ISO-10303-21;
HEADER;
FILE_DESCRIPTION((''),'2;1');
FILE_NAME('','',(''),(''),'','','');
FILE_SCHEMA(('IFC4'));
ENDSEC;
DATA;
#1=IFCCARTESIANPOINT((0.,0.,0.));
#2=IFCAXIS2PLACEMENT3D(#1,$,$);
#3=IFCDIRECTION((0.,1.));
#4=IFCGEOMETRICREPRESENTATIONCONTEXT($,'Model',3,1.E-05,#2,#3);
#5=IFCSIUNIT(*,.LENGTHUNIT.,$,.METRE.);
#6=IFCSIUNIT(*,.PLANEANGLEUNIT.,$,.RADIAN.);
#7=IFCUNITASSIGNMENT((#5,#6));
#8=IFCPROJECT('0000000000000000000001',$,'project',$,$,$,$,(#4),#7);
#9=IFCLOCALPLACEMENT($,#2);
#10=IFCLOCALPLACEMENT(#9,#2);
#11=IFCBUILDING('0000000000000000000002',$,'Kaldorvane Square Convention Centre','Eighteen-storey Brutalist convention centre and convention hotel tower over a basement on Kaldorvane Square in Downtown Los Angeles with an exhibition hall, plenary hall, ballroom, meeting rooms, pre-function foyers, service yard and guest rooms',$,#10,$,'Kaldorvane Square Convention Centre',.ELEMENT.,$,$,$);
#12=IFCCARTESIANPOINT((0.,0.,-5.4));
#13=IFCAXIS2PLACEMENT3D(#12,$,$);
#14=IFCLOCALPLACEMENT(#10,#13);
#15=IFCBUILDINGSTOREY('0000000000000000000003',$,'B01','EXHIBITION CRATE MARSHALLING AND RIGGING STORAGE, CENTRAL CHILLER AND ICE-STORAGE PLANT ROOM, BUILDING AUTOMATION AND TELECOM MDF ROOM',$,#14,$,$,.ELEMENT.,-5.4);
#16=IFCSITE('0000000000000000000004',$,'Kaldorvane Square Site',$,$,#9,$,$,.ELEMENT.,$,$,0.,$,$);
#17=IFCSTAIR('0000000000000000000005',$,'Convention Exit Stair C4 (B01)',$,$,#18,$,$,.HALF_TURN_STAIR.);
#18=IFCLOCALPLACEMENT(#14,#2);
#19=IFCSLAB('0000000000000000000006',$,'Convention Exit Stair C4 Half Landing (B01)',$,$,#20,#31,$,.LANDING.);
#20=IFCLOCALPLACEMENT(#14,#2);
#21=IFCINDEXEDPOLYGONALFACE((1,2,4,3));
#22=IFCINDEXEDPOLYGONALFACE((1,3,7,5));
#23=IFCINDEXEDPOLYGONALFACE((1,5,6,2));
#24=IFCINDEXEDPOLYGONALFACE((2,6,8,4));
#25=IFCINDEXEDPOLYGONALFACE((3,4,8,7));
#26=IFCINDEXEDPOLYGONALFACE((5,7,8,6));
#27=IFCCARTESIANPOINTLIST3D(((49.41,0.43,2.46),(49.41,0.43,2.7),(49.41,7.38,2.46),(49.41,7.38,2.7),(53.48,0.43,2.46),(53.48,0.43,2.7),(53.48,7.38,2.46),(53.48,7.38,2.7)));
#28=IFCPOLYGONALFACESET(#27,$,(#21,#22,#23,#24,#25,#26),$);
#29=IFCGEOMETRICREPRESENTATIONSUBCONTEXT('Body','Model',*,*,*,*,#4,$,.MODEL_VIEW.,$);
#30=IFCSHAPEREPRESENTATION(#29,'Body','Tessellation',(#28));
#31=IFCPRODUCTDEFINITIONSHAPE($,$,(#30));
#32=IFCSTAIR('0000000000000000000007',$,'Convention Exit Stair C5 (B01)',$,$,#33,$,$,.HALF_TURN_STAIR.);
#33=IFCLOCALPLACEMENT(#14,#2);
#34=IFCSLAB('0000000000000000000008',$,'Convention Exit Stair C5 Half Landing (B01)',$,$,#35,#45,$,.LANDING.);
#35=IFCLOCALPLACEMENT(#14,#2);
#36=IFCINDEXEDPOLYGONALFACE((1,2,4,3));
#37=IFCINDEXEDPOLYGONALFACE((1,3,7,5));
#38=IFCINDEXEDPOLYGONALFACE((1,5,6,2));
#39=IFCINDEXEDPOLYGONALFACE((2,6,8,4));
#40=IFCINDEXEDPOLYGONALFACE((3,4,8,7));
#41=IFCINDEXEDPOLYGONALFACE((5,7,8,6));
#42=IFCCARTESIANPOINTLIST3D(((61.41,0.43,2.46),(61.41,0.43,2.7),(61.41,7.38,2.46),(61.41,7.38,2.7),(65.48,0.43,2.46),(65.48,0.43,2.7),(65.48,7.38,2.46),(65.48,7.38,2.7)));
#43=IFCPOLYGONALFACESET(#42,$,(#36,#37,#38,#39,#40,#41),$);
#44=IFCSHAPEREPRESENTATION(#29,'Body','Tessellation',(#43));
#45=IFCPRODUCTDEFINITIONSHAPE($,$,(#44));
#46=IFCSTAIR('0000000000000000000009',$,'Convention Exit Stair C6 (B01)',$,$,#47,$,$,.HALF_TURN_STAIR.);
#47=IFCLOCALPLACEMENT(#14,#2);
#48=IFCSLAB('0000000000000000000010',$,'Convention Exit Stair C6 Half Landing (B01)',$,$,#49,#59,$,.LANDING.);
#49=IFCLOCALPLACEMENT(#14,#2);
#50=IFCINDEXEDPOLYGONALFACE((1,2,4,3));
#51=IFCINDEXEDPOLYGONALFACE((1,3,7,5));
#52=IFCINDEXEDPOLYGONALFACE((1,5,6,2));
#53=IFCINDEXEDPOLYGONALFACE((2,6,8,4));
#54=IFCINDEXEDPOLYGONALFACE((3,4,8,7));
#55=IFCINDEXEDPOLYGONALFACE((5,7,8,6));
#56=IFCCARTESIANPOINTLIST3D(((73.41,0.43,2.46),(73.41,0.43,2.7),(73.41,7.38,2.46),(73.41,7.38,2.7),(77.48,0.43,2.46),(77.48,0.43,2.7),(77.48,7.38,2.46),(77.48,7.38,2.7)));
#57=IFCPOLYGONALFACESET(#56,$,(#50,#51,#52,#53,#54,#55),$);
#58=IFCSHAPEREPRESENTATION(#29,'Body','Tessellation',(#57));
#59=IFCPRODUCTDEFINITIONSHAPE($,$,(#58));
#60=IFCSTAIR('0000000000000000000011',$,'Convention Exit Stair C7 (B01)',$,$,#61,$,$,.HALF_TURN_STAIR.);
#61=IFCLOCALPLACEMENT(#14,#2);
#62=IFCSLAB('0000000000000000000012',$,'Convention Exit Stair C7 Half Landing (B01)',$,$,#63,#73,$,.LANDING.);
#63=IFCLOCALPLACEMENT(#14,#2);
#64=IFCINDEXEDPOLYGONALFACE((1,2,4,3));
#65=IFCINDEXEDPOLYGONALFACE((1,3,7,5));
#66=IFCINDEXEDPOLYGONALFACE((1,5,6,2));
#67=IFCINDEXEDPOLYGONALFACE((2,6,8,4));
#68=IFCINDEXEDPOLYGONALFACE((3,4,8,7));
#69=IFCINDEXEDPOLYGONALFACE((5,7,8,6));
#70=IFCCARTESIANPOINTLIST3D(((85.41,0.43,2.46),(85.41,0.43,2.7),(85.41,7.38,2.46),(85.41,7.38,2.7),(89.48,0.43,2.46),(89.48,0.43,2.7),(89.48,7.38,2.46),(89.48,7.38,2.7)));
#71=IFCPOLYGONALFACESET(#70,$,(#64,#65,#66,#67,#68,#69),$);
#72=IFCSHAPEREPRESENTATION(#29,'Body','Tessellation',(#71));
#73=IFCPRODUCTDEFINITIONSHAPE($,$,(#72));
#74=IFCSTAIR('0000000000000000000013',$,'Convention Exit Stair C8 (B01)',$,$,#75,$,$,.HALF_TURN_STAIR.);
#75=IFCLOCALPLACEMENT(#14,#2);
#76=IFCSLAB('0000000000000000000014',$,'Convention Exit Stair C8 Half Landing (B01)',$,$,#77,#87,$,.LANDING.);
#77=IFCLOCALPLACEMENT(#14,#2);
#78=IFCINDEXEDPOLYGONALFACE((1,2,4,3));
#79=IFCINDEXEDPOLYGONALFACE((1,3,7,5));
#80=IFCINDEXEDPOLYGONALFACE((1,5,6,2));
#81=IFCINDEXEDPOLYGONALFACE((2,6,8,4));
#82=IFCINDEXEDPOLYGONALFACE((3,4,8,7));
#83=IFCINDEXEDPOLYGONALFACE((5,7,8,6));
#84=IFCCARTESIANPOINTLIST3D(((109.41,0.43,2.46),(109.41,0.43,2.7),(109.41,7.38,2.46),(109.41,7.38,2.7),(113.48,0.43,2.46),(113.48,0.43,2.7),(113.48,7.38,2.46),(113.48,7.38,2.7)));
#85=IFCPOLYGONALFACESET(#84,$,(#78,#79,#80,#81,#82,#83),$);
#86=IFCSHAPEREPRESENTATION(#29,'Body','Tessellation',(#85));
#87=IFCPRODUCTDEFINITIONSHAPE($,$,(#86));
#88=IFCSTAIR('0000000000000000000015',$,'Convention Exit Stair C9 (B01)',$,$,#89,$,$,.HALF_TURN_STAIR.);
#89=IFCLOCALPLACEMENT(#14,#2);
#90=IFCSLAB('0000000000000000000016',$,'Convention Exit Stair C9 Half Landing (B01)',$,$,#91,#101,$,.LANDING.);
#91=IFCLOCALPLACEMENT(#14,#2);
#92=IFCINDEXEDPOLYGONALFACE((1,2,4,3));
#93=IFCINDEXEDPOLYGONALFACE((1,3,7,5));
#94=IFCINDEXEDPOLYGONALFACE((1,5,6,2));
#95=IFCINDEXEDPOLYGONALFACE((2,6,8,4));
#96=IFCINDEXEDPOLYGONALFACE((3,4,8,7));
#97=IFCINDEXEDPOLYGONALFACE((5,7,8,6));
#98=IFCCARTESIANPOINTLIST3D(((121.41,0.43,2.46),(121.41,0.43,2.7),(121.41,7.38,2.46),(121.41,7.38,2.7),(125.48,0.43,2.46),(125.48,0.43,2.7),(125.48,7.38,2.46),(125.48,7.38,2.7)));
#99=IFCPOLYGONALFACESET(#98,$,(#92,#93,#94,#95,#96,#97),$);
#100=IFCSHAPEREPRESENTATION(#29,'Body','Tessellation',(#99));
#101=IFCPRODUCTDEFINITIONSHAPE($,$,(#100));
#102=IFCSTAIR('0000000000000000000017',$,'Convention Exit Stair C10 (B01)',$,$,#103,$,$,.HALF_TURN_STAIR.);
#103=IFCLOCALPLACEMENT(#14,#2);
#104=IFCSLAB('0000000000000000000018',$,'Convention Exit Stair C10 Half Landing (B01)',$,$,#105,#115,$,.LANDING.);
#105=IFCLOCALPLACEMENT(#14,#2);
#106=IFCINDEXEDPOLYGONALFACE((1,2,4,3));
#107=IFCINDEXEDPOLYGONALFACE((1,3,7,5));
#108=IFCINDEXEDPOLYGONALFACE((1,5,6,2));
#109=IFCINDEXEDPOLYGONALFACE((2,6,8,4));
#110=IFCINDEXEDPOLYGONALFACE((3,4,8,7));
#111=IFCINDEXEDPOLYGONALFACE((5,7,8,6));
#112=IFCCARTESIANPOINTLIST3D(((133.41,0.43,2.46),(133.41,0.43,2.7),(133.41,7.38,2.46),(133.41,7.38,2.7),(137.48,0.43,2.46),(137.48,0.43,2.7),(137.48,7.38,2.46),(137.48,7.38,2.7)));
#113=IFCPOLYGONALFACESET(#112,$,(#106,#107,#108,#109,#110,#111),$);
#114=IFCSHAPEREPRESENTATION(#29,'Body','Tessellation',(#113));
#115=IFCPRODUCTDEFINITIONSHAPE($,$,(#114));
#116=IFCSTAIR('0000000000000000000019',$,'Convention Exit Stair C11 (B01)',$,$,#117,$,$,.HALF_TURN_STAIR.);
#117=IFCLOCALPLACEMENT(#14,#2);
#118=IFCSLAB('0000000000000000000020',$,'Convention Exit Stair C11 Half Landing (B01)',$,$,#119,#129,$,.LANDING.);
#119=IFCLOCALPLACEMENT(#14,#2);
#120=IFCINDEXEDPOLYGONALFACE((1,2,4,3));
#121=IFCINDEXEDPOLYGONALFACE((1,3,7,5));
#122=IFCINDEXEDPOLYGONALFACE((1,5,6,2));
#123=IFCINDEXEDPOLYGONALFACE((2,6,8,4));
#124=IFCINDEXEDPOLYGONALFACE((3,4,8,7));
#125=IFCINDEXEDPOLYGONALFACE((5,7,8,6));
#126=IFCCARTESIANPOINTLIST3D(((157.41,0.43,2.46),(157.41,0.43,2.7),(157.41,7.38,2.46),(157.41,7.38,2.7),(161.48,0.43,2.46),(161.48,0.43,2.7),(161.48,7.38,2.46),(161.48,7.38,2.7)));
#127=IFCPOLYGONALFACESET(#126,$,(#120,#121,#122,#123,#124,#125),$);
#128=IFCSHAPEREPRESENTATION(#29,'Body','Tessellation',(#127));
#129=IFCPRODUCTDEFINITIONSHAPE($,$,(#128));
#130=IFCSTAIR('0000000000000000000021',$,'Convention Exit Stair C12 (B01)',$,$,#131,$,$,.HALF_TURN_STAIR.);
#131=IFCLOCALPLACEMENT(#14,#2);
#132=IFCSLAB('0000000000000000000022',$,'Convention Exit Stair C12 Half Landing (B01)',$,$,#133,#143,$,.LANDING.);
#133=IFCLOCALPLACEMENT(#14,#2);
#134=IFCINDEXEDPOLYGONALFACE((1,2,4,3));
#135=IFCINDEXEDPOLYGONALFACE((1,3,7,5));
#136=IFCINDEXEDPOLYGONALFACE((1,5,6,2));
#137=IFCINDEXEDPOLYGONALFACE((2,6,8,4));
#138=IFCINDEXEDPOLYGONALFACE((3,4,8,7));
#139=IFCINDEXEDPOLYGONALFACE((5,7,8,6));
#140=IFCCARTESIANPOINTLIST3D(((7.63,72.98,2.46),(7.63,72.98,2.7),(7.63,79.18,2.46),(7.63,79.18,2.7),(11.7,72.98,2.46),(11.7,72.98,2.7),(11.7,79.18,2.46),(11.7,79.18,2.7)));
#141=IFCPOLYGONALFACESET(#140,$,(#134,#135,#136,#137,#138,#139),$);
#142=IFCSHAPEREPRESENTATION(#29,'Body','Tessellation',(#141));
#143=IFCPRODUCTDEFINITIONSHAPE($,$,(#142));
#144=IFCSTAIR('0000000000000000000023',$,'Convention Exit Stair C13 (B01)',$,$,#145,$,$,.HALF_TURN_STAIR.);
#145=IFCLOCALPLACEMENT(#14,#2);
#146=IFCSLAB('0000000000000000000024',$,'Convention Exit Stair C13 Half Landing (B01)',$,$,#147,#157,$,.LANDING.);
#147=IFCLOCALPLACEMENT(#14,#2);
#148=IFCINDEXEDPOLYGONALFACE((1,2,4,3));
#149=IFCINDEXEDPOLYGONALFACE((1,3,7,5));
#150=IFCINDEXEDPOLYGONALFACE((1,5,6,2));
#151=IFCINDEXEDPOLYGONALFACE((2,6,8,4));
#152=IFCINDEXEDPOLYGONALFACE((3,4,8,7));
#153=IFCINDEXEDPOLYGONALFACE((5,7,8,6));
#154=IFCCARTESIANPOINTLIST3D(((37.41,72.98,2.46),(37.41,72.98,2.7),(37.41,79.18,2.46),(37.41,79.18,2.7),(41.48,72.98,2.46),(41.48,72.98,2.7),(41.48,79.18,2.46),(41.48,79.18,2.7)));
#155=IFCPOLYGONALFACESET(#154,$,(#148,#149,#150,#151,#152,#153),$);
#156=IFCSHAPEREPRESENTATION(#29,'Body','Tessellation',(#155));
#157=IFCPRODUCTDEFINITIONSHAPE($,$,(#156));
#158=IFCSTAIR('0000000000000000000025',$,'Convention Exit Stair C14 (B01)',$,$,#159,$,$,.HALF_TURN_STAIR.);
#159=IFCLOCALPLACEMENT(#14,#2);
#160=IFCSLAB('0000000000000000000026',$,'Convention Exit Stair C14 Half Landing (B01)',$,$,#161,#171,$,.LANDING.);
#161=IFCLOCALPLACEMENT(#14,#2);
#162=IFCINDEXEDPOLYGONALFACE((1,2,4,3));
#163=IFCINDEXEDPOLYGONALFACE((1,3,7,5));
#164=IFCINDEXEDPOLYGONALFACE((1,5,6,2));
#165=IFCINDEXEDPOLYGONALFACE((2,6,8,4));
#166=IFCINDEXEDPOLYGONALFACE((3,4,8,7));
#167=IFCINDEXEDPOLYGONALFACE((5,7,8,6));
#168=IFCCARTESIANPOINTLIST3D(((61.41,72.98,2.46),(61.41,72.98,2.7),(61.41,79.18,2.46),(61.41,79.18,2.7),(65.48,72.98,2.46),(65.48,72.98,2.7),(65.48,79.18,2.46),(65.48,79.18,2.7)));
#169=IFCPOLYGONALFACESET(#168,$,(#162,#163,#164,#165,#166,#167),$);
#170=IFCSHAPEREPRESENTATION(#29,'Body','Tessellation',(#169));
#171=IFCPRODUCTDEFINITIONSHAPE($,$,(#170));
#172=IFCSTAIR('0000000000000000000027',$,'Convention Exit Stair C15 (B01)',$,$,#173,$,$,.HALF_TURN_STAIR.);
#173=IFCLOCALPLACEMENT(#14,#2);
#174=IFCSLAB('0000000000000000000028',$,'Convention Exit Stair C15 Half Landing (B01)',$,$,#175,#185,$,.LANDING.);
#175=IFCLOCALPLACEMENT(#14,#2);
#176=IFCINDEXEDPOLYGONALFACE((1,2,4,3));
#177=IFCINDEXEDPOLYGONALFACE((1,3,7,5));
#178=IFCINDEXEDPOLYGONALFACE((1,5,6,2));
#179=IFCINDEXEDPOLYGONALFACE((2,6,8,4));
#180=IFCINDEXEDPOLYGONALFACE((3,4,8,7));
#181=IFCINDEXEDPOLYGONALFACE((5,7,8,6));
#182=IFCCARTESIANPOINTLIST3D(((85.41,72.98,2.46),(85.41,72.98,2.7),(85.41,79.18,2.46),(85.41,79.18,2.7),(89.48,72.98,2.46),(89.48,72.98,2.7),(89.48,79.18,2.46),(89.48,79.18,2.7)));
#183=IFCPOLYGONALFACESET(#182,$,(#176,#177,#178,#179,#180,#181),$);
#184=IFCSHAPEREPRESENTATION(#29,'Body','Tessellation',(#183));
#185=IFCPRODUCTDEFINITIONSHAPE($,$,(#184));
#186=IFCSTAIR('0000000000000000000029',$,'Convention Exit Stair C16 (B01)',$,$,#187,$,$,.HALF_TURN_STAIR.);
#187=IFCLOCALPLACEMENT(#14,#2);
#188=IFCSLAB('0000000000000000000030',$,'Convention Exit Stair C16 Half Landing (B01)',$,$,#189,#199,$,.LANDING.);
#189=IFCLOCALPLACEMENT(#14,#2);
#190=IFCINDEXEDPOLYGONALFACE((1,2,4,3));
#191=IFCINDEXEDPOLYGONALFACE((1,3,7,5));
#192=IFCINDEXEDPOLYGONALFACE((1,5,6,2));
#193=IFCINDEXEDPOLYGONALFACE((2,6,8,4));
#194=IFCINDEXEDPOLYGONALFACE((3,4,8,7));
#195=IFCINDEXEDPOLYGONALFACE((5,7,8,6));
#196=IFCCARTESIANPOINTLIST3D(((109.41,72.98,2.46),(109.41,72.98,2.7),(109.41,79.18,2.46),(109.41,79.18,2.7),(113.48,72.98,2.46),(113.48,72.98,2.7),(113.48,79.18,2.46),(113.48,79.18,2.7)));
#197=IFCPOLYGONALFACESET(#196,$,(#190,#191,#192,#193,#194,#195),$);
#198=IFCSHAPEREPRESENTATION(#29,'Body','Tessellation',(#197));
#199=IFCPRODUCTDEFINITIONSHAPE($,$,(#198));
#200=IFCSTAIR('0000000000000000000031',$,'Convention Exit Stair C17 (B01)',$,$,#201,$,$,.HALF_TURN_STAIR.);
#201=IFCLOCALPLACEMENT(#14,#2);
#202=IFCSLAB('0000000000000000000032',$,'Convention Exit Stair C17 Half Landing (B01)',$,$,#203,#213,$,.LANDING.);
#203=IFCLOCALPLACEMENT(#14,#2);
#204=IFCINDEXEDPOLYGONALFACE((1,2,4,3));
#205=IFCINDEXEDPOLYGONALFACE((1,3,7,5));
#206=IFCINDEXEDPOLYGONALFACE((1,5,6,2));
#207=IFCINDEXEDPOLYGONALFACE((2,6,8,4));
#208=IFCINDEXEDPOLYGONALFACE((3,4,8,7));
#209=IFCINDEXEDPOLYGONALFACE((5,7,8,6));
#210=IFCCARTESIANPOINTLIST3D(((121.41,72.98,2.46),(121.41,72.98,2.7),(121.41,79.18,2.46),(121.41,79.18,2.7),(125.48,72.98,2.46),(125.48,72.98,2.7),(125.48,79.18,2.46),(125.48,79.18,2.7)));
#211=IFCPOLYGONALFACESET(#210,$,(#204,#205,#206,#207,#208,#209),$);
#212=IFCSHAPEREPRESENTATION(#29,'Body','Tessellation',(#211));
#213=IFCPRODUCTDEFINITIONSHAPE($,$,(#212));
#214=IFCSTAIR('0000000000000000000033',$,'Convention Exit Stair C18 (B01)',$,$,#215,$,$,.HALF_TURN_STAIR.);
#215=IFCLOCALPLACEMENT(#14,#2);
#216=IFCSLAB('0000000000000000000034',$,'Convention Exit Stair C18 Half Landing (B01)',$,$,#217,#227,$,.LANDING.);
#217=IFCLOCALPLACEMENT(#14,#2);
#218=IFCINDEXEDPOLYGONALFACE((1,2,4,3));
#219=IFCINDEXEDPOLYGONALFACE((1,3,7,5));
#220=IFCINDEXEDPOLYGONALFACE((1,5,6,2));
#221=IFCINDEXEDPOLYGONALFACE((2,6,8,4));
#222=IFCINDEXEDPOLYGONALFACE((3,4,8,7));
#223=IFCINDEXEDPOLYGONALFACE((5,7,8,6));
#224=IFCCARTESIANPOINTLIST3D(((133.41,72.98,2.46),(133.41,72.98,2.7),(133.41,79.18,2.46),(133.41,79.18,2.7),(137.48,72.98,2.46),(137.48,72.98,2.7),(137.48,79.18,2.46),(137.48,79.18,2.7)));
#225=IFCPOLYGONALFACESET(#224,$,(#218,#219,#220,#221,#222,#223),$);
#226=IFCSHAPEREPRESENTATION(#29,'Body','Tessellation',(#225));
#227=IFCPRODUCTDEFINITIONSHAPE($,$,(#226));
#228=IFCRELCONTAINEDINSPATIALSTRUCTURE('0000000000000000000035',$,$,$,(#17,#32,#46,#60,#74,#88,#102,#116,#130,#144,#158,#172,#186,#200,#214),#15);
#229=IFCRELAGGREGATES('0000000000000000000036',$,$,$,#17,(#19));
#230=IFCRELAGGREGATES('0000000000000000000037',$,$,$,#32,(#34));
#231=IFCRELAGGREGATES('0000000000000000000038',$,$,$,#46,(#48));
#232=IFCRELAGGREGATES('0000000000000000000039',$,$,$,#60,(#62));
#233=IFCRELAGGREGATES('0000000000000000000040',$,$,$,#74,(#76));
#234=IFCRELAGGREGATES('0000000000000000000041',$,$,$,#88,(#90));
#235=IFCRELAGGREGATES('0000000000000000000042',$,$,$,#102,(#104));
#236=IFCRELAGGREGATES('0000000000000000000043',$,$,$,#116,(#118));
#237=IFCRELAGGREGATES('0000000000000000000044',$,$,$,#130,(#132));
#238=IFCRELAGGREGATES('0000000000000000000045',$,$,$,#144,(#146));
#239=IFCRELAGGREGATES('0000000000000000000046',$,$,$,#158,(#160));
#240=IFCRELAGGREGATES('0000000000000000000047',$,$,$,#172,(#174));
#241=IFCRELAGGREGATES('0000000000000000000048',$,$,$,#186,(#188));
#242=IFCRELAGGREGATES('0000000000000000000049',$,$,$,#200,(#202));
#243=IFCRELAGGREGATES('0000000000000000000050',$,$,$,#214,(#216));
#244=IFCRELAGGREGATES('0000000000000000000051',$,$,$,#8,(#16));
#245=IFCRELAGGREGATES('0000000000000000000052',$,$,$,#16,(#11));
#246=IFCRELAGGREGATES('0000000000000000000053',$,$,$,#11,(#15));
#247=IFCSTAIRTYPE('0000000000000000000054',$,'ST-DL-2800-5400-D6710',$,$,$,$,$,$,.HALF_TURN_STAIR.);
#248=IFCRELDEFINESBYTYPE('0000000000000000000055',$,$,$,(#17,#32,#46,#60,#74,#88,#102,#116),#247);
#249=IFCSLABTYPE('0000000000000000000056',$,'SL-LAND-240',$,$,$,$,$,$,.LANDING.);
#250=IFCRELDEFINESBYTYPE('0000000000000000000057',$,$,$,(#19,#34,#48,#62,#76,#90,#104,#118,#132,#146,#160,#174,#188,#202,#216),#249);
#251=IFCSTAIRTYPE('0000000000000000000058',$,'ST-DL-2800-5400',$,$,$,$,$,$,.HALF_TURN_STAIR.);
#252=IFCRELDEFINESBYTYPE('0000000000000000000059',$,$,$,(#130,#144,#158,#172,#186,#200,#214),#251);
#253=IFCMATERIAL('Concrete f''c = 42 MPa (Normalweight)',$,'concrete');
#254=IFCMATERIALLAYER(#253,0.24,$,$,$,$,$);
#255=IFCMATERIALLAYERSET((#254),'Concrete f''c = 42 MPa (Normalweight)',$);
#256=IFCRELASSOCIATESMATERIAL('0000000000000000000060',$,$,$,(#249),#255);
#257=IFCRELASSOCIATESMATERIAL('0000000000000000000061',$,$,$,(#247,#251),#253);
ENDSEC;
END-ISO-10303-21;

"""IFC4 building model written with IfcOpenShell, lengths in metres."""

from ifc_helpers import new_model, si_unit, direction, frame, origin, place, context, subcontext, project, spatial, polyline, outline, extrude, material, layer, layer_set, type_object, element, aggregate, save


model = new_model("IFC4")

# Units and contexts
model_context = context("Model", 3, precision=1e-05, world=origin(), true_north=direction((0.0, 1.0)))
body_context = subcontext(model_context, "Body", "Model", "MODEL_VIEW")
ifc_project = project(units=[si_unit("LENGTHUNIT", "METRE"), si_unit("PLANEANGLEUNIT", "RADIAN")], contexts=[model_context])

# Site, building, storey
site_placement = place(None, origin())
site = spatial("IfcSite", under=ifc_project, at=site_placement, Name="Kaldorvane Square Site", CompositionType="ELEMENT", RefElevation=0.0)
building_placement = place(site_placement, origin())
building = spatial("IfcBuilding", under=site, at=building_placement, Name="Kaldorvane Square Convention Centre", Description="Eighteen-storey Brutalist convention centre and convention hotel tower over a basement on Kaldorvane Square in Downtown Los Angeles with an exhibition hall, plenary hall, ballroom, meeting rooms, pre-function foyers, service yard and guest rooms", LongName="Kaldorvane Square Convention Centre", CompositionType="ELEMENT")
storey_placement = place(building_placement, frame((0.0, 0.0, -5.4)))
storey = spatial("IfcBuildingStorey", under=building, at=storey_placement, Name="B01", Description="EXHIBITION CRATE MARSHALLING AND RIGGING STORAGE, CENTRAL CHILLER AND ICE-STORAGE PLANT ROOM, BUILDING AUTOMATION AND TELECOM MDF ROOM", CompositionType="ELEMENT", Elevation=-5.4)

# Shared definitions
ifc_material_1 = material(Name="Concrete f'c = 42 MPa (Normalweight)", Category="concrete")

# Stairs, slabs
ifc_layer_1 = layer(ifc_material_1, 0.24)
ifc_layer_set_1 = layer_set([ifc_layer_1], Name="Concrete f'c = 42 MPa (Normalweight)")
slab_type_1 = type_object("IfcSlabType", Name="SL-LAND-240", PredefinedType="LANDING", material=ifc_layer_set_1)
stair_type_1 = type_object("IfcStairType", Name="ST-DL-2800-5400-D6710", PredefinedType="HALF_TURN_STAIR", material=ifc_material_1)
stair_1_placement = place(storey_placement, origin())
stair_1 = element("IfcStair", 1, at=stair_1_placement, inside=storey, type_object=stair_type_1, Name="Convention Exit Stair C4 (B01)", PredefinedType="HALF_TURN_STAIR")
slab_1_placement = place(storey_placement, frame((0.0, 0.0, 2.46)))
slab_1 = element("IfcSlab", 2, at=slab_1_placement, type_object=slab_type_1, Name="Convention Exit Stair C4 Half Landing (B01)", PredefinedType="LANDING", context=body_context, shape_type="SweptSolid", body=[
    extrude(outline(polyline([(49.41, 0.43), (53.48, 0.43), (53.48, 7.38), (49.41, 7.38), (49.41, 0.43)])), origin(), (0.0, 0.0, 1.0), 0.24),
])
aggregate(stair_1, [slab_1])
stair_2_placement = place(storey_placement, origin())
stair_2 = element("IfcStair", 3, at=stair_2_placement, inside=storey, type_object=stair_type_1, Name="Convention Exit Stair C5 (B01)", PredefinedType="HALF_TURN_STAIR")
slab_2_placement = place(storey_placement, frame((0.0, 0.0, 2.46)))
slab_2 = element("IfcSlab", 4, at=slab_2_placement, type_object=slab_type_1, Name="Convention Exit Stair C5 Half Landing (B01)", PredefinedType="LANDING", context=body_context, shape_type="SweptSolid", body=[
    extrude(outline(polyline([(61.41, 0.43), (65.48, 0.43), (65.48, 7.38), (61.41, 7.38), (61.41, 0.43)])), origin(), (0.0, 0.0, 1.0), 0.24),
])
aggregate(stair_2, [slab_2])
stair_3_placement = place(storey_placement, origin())
stair_3 = element("IfcStair", 5, at=stair_3_placement, inside=storey, type_object=stair_type_1, Name="Convention Exit Stair C6 (B01)", PredefinedType="HALF_TURN_STAIR")
slab_3_placement = place(storey_placement, frame((0.0, 0.0, 2.46)))
slab_3 = element("IfcSlab", 6, at=slab_3_placement, type_object=slab_type_1, Name="Convention Exit Stair C6 Half Landing (B01)", PredefinedType="LANDING", context=body_context, shape_type="SweptSolid", body=[
    extrude(outline(polyline([(73.41, 0.43), (77.48, 0.43), (77.48, 7.38), (73.41, 7.38), (73.41, 0.43)])), origin(), (0.0, 0.0, 1.0), 0.24),
])
aggregate(stair_3, [slab_3])
stair_4_placement = place(storey_placement, origin())
stair_4 = element("IfcStair", 7, at=stair_4_placement, inside=storey, type_object=stair_type_1, Name="Convention Exit Stair C7 (B01)", PredefinedType="HALF_TURN_STAIR")
slab_4_placement = place(storey_placement, frame((0.0, 0.0, 2.46)))
slab_4 = element("IfcSlab", 8, at=slab_4_placement, type_object=slab_type_1, Name="Convention Exit Stair C7 Half Landing (B01)", PredefinedType="LANDING", context=body_context, shape_type="SweptSolid", body=[
    extrude(outline(polyline([(85.41, 0.43), (89.48, 0.43), (89.48, 7.38), (85.41, 7.38), (85.41, 0.43)])), origin(), (0.0, 0.0, 1.0), 0.24),
])
aggregate(stair_4, [slab_4])
stair_5_placement = place(storey_placement, origin())
stair_5 = element("IfcStair", 9, at=stair_5_placement, inside=storey, type_object=stair_type_1, Name="Convention Exit Stair C8 (B01)", PredefinedType="HALF_TURN_STAIR")
slab_5_placement = place(storey_placement, frame((0.0, 0.0, 2.46)))
slab_5 = element("IfcSlab", 10, at=slab_5_placement, type_object=slab_type_1, Name="Convention Exit Stair C8 Half Landing (B01)", PredefinedType="LANDING", context=body_context, shape_type="SweptSolid", body=[
    extrude(outline(polyline([(109.41, 0.43), (113.48, 0.43), (113.48, 7.38), (109.41, 7.38), (109.41, 0.43)])), origin(), (0.0, 0.0, 1.0), 0.24),
])
aggregate(stair_5, [slab_5])
stair_6_placement = place(storey_placement, origin())
stair_6 = element("IfcStair", 11, at=stair_6_placement, inside=storey, type_object=stair_type_1, Name="Convention Exit Stair C9 (B01)", PredefinedType="HALF_TURN_STAIR")
slab_6_placement = place(storey_placement, frame((0.0, 0.0, 2.46)))
slab_6 = element("IfcSlab", 12, at=slab_6_placement, type_object=slab_type_1, Name="Convention Exit Stair C9 Half Landing (B01)", PredefinedType="LANDING", context=body_context, shape_type="SweptSolid", body=[
    extrude(outline(polyline([(121.41, 0.43), (125.48, 0.43), (125.48, 7.38), (121.41, 7.38), (121.41, 0.43)])), origin(), (0.0, 0.0, 1.0), 0.24),
])
aggregate(stair_6, [slab_6])
stair_7_placement = place(storey_placement, origin())
stair_7 = element("IfcStair", 13, at=stair_7_placement, inside=storey, type_object=stair_type_1, Name="Convention Exit Stair C10 (B01)", PredefinedType="HALF_TURN_STAIR")
slab_7_placement = place(storey_placement, frame((0.0, 0.0, 2.46)))
slab_7 = element("IfcSlab", 14, at=slab_7_placement, type_object=slab_type_1, Name="Convention Exit Stair C10 Half Landing (B01)", PredefinedType="LANDING", context=body_context, shape_type="SweptSolid", body=[
    extrude(outline(polyline([(133.41, 0.43), (137.48, 0.43), (137.48, 7.38), (133.41, 7.38), (133.41, 0.43)])), origin(), (0.0, 0.0, 1.0), 0.24),
])
aggregate(stair_7, [slab_7])
stair_8_placement = place(storey_placement, origin())
stair_8 = element("IfcStair", 15, at=stair_8_placement, inside=storey, type_object=stair_type_1, Name="Convention Exit Stair C11 (B01)", PredefinedType="HALF_TURN_STAIR")
slab_8_placement = place(storey_placement, frame((0.0, 0.0, 2.46)))
slab_8 = element("IfcSlab", 16, at=slab_8_placement, type_object=slab_type_1, Name="Convention Exit Stair C11 Half Landing (B01)", PredefinedType="LANDING", context=body_context, shape_type="SweptSolid", body=[
    extrude(outline(polyline([(157.41, 0.43), (161.48, 0.43), (161.48, 7.38), (157.41, 7.38), (157.41, 0.43)])), origin(), (0.0, 0.0, 1.0), 0.24),
])
aggregate(stair_8, [slab_8])
stair_type_2 = type_object("IfcStairType", Name="ST-DL-2800-5400", PredefinedType="HALF_TURN_STAIR", material=ifc_material_1)
stair_9_placement = place(storey_placement, origin())
stair_9 = element("IfcStair", 17, at=stair_9_placement, inside=storey, type_object=stair_type_2, Name="Convention Exit Stair C12 (B01)", PredefinedType="HALF_TURN_STAIR")
slab_9_placement = place(storey_placement, frame((0.0, 0.0, 2.46)))
slab_9 = element("IfcSlab", 18, at=slab_9_placement, type_object=slab_type_1, Name="Convention Exit Stair C12 Half Landing (B01)", PredefinedType="LANDING", context=body_context, shape_type="SweptSolid", body=[
    extrude(outline(polyline([(7.63, 72.98), (11.7, 72.98), (11.7, 79.18), (7.63, 79.18), (7.63, 72.98)])), origin(), (0.0, 0.0, 1.0), 0.24),
])
aggregate(stair_9, [slab_9])
stair_10_placement = place(storey_placement, origin())
stair_10 = element("IfcStair", 19, at=stair_10_placement, inside=storey, type_object=stair_type_2, Name="Convention Exit Stair C13 (B01)", PredefinedType="HALF_TURN_STAIR")
slab_10_placement = place(storey_placement, frame((0.0, 0.0, 2.46)))
slab_10 = element("IfcSlab", 20, at=slab_10_placement, type_object=slab_type_1, Name="Convention Exit Stair C13 Half Landing (B01)", PredefinedType="LANDING", context=body_context, shape_type="SweptSolid", body=[
    extrude(outline(polyline([(37.41, 72.98), (41.48, 72.98), (41.48, 79.18), (37.41, 79.18), (37.41, 72.98)])), origin(), (0.0, 0.0, 1.0), 0.24),
])
aggregate(stair_10, [slab_10])
stair_11_placement = place(storey_placement, origin())
stair_11 = element("IfcStair", 21, at=stair_11_placement, inside=storey, type_object=stair_type_2, Name="Convention Exit Stair C14 (B01)", PredefinedType="HALF_TURN_STAIR")
slab_11_placement = place(storey_placement, frame((0.0, 0.0, 2.46)))
slab_11 = element("IfcSlab", 22, at=slab_11_placement, type_object=slab_type_1, Name="Convention Exit Stair C14 Half Landing (B01)", PredefinedType="LANDING", context=body_context, shape_type="SweptSolid", body=[
    extrude(outline(polyline([(61.41, 72.98), (65.48, 72.98), (65.48, 79.18), (61.41, 79.18), (61.41, 72.98)])), origin(), (0.0, 0.0, 1.0), 0.24),
])
aggregate(stair_11, [slab_11])
stair_12_placement = place(storey_placement, origin())
stair_12 = element("IfcStair", 23, at=stair_12_placement, inside=storey, type_object=stair_type_2, Name="Convention Exit Stair C15 (B01)", PredefinedType="HALF_TURN_STAIR")
slab_12_placement = place(storey_placement, frame((0.0, 0.0, 2.46)))
slab_12 = element("IfcSlab", 24, at=slab_12_placement, type_object=slab_type_1, Name="Convention Exit Stair C15 Half Landing (B01)", PredefinedType="LANDING", context=body_context, shape_type="SweptSolid", body=[
    extrude(outline(polyline([(85.41, 72.98), (89.48, 72.98), (89.48, 79.18), (85.41, 79.18), (85.41, 72.98)])), origin(), (0.0, 0.0, 1.0), 0.24),
])
aggregate(stair_12, [slab_12])
stair_13_placement = place(storey_placement, origin())
stair_13 = element("IfcStair", 25, at=stair_13_placement, inside=storey, type_object=stair_type_2, Name="Convention Exit Stair C16 (B01)", PredefinedType="HALF_TURN_STAIR")
slab_13_placement = place(storey_placement, frame((0.0, 0.0, 2.46)))
slab_13 = element("IfcSlab", 26, at=slab_13_placement, type_object=slab_type_1, Name="Convention Exit Stair C16 Half Landing (B01)", PredefinedType="LANDING", context=body_context, shape_type="SweptSolid", body=[
    extrude(outline(polyline([(109.41, 72.98), (113.48, 72.98), (113.48, 79.18), (109.41, 79.18), (109.41, 72.98)])), origin(), (0.0, 0.0, 1.0), 0.24),
])
aggregate(stair_13, [slab_13])
stair_14_placement = place(storey_placement, origin())
stair_14 = element("IfcStair", 27, at=stair_14_placement, inside=storey, type_object=stair_type_2, Name="Convention Exit Stair C17 (B01)", PredefinedType="HALF_TURN_STAIR")
slab_14_placement = place(storey_placement, frame((0.0, 0.0, 2.46)))
slab_14 = element("IfcSlab", 28, at=slab_14_placement, type_object=slab_type_1, Name="Convention Exit Stair C17 Half Landing (B01)", PredefinedType="LANDING", context=body_context, shape_type="SweptSolid", body=[
    extrude(outline(polyline([(121.41, 72.98), (125.48, 72.98), (125.48, 79.18), (121.41, 79.18), (121.41, 72.98)])), origin(), (0.0, 0.0, 1.0), 0.24),
])
aggregate(stair_14, [slab_14])
stair_15_placement = place(storey_placement, origin())
stair_15 = element("IfcStair", 29, at=stair_15_placement, inside=storey, type_object=stair_type_2, Name="Convention Exit Stair C18 (B01)", PredefinedType="HALF_TURN_STAIR")
slab_15_placement = place(storey_placement, frame((0.0, 0.0, 2.46)))
slab_15 = element("IfcSlab", 30, at=slab_15_placement, type_object=slab_type_1, Name="Convention Exit Stair C18 Half Landing (B01)", PredefinedType="LANDING", context=body_context, shape_type="SweptSolid", body=[
    extrude(outline(polyline([(133.41, 72.98), (137.48, 72.98), (137.48, 79.18), (133.41, 79.18), (133.41, 72.98)])), origin(), (0.0, 0.0, 1.0), 0.24),
])
aggregate(stair_15, [slab_15])

save(model, "model.ifc")
